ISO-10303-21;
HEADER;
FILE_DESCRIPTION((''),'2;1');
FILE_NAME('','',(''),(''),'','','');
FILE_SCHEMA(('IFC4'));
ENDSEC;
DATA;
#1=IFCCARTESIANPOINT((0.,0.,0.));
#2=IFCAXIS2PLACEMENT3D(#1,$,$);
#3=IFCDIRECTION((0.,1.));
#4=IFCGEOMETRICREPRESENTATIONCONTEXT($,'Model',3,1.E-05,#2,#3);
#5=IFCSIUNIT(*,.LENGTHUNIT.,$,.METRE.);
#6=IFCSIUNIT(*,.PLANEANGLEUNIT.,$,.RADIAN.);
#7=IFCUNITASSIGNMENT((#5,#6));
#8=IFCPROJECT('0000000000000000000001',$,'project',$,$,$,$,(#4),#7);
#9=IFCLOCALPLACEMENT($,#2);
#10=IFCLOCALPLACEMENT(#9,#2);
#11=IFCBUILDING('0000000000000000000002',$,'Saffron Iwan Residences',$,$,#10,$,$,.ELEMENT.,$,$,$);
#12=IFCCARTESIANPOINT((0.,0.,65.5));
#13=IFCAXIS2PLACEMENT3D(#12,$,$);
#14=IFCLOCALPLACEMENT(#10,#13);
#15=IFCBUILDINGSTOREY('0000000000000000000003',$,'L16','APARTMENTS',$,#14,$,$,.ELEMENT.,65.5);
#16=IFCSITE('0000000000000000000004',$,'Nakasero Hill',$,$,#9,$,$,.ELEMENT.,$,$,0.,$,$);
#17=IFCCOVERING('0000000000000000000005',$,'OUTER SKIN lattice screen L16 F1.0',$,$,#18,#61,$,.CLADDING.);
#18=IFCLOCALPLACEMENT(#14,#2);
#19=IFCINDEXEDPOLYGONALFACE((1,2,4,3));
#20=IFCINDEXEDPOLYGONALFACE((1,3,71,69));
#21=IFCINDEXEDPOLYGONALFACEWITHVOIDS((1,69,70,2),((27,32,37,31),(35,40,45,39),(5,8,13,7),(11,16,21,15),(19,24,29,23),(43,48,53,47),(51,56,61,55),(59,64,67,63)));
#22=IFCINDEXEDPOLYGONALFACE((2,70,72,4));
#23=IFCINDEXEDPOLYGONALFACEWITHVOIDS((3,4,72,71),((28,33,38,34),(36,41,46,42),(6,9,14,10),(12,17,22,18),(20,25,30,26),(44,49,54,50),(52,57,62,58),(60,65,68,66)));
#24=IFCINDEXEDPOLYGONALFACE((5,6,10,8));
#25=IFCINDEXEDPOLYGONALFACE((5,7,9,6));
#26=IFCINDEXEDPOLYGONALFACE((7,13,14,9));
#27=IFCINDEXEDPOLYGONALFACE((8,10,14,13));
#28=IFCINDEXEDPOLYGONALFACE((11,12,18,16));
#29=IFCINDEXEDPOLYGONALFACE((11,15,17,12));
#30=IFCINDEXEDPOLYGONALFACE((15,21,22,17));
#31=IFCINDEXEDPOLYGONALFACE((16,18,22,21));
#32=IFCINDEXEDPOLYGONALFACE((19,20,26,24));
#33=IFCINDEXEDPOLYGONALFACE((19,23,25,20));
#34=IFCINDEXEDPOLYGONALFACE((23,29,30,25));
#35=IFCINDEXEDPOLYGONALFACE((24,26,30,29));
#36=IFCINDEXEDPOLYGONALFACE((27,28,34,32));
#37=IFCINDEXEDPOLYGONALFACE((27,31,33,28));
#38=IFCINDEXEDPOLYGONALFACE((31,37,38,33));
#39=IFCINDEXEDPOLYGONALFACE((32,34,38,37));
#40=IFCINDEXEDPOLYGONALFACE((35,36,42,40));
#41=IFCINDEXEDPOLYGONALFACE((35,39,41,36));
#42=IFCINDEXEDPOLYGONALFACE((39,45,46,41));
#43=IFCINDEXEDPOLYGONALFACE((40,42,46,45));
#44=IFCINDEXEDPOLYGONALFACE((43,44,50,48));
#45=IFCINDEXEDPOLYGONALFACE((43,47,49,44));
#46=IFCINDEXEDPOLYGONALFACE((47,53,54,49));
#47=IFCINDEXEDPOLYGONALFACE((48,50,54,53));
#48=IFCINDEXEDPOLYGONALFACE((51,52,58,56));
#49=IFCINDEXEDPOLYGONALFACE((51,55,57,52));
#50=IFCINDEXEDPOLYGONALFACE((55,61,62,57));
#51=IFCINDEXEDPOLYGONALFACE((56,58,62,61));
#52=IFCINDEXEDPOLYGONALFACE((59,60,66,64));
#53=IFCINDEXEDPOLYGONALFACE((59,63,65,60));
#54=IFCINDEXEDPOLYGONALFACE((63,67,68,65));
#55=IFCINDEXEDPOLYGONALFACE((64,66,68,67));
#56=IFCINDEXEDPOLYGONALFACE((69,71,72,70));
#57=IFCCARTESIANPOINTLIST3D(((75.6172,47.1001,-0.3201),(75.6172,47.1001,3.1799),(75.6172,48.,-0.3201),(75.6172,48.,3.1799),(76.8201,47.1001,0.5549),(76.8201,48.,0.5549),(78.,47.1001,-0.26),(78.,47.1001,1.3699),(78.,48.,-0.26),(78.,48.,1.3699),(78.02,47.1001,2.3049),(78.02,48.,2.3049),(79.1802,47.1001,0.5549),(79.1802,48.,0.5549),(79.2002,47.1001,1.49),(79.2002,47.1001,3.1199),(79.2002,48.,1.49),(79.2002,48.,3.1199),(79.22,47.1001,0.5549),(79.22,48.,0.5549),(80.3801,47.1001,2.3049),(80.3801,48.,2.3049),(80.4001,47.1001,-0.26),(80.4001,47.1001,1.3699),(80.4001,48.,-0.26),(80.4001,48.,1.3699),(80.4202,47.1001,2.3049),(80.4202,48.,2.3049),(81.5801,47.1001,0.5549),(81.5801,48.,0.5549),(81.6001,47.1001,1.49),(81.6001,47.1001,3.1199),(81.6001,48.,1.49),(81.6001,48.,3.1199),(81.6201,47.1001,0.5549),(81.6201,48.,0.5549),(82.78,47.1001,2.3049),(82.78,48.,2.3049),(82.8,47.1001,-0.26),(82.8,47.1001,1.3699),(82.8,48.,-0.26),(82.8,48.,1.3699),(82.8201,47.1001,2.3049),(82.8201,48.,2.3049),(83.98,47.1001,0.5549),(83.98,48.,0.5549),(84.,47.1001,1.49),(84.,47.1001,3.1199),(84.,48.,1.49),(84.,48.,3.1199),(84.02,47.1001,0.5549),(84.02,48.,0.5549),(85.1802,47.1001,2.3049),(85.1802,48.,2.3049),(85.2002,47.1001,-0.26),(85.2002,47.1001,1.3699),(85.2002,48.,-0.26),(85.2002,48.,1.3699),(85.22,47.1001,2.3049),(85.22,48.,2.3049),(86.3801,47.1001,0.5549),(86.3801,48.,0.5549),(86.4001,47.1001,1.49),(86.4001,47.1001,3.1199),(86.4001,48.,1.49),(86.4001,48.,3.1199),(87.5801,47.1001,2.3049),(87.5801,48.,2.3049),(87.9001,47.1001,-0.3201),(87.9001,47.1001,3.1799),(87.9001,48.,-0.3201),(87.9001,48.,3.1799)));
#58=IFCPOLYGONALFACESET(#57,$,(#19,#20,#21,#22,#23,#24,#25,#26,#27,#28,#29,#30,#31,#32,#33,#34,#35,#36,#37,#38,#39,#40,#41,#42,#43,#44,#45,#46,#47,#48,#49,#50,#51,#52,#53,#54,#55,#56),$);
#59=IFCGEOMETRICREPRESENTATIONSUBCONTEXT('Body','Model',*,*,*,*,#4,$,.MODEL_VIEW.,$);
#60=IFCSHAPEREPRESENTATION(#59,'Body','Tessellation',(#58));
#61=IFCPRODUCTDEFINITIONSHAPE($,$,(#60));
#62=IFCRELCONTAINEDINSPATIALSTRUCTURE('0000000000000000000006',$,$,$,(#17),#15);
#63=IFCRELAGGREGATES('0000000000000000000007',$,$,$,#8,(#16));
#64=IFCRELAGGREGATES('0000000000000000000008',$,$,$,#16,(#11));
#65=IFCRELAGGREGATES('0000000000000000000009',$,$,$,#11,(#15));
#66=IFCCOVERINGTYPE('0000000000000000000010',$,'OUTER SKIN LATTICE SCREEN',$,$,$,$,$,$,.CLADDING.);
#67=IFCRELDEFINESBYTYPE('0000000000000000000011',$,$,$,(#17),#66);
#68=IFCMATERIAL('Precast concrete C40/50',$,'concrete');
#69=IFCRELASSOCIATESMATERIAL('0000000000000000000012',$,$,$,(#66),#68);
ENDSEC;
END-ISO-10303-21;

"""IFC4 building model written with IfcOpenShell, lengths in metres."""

from ifc_helpers import new_model, si_unit, direction, frame, origin, place, context, subcontext, project, spatial, polyline, outline, extrude, material, type_object, element, save


model = new_model("IFC4")

# Units and contexts
model_context = context("Model", 3, precision=1e-05, world=origin(), true_north=direction((0.0, 1.0)))
body_context = subcontext(model_context, "Body", "Model", "MODEL_VIEW")
ifc_project = project(units=[si_unit("LENGTHUNIT", "METRE"), si_unit("PLANEANGLEUNIT", "RADIAN")], contexts=[model_context])

# Site, building, storey
site_placement = place(None, origin())
site = spatial("IfcSite", under=ifc_project, at=site_placement, Name="Nakasero Hill", CompositionType="ELEMENT", RefElevation=0.0)
building_placement = place(site_placement, origin())
building = spatial("IfcBuilding", under=site, at=building_placement, Name="Saffron Iwan Residences", CompositionType="ELEMENT")
storey_placement = place(building_placement, frame((0.0, 0.0, 65.5)))
storey = spatial("IfcBuildingStorey", under=building, at=storey_placement, Name="L16", Description="APARTMENTS", CompositionType="ELEMENT", Elevation=65.5)

# Covering
ifc_material_1 = material(Name="Precast concrete C40/50", Category="concrete")
covering_type = type_object("IfcCoveringType", Name="OUTER SKIN LATTICE SCREEN", PredefinedType="CLADDING", material=ifc_material_1)
covering_placement = place(storey_placement, frame((75.6172, 48.0, -0.3201), z_axis=(0.0, -1.0, 0.0), x_axis=(1.0, 0.0, 0.0)))
element("IfcCovering", 1, at=covering_placement, inside=storey, type_object=covering_type, Name="OUTER SKIN lattice screen L16 F1.0", PredefinedType="CLADDING", context=body_context, shape_type="SweptSolid", body=[
    extrude(outline(polyline([(0.0, 0.0), (12.283, 0.0), (12.283, 3.5), (0.0, 3.5), (0.0, 0.0)]), holes=[polyline([(1.2029, 0.875), (2.3828, 0.0601), (3.563, 0.875), (2.3828, 1.6899), (1.2029, 0.875)]), polyline([(3.6028, 0.875), (4.783, 0.0601), (5.9629, 0.875), (4.783, 1.6899), (3.6028, 0.875)]), polyline([(6.0029, 0.875), (7.1829, 0.0601), (8.3628, 0.875), (7.1829, 1.6899), (6.0029, 0.875)]), polyline([(8.4028, 0.875), (9.583, 0.0601), (10.7629, 0.875), (9.583, 1.6899), (8.4028, 0.875)]), polyline([(2.4028, 2.625), (3.583, 1.8101), (4.7629, 2.625), (3.583, 3.4399), (2.4028, 2.625)]), polyline([(4.803, 2.625), (5.9829, 1.8101), (7.1628, 2.625), (5.9829, 3.4399), (4.803, 2.625)]), polyline([(7.2029, 2.625), (8.3828, 1.8101), (9.563, 2.625), (8.3828, 3.4399), (7.2029, 2.625)]), polyline([(9.6028, 2.625), (10.783, 1.8101), (11.9629, 2.625), (10.783, 3.4399), (9.6028, 2.625)])]), origin(), (0.0, 0.0, 1.0), 0.8999),
])

save(model, "model.ifc")
